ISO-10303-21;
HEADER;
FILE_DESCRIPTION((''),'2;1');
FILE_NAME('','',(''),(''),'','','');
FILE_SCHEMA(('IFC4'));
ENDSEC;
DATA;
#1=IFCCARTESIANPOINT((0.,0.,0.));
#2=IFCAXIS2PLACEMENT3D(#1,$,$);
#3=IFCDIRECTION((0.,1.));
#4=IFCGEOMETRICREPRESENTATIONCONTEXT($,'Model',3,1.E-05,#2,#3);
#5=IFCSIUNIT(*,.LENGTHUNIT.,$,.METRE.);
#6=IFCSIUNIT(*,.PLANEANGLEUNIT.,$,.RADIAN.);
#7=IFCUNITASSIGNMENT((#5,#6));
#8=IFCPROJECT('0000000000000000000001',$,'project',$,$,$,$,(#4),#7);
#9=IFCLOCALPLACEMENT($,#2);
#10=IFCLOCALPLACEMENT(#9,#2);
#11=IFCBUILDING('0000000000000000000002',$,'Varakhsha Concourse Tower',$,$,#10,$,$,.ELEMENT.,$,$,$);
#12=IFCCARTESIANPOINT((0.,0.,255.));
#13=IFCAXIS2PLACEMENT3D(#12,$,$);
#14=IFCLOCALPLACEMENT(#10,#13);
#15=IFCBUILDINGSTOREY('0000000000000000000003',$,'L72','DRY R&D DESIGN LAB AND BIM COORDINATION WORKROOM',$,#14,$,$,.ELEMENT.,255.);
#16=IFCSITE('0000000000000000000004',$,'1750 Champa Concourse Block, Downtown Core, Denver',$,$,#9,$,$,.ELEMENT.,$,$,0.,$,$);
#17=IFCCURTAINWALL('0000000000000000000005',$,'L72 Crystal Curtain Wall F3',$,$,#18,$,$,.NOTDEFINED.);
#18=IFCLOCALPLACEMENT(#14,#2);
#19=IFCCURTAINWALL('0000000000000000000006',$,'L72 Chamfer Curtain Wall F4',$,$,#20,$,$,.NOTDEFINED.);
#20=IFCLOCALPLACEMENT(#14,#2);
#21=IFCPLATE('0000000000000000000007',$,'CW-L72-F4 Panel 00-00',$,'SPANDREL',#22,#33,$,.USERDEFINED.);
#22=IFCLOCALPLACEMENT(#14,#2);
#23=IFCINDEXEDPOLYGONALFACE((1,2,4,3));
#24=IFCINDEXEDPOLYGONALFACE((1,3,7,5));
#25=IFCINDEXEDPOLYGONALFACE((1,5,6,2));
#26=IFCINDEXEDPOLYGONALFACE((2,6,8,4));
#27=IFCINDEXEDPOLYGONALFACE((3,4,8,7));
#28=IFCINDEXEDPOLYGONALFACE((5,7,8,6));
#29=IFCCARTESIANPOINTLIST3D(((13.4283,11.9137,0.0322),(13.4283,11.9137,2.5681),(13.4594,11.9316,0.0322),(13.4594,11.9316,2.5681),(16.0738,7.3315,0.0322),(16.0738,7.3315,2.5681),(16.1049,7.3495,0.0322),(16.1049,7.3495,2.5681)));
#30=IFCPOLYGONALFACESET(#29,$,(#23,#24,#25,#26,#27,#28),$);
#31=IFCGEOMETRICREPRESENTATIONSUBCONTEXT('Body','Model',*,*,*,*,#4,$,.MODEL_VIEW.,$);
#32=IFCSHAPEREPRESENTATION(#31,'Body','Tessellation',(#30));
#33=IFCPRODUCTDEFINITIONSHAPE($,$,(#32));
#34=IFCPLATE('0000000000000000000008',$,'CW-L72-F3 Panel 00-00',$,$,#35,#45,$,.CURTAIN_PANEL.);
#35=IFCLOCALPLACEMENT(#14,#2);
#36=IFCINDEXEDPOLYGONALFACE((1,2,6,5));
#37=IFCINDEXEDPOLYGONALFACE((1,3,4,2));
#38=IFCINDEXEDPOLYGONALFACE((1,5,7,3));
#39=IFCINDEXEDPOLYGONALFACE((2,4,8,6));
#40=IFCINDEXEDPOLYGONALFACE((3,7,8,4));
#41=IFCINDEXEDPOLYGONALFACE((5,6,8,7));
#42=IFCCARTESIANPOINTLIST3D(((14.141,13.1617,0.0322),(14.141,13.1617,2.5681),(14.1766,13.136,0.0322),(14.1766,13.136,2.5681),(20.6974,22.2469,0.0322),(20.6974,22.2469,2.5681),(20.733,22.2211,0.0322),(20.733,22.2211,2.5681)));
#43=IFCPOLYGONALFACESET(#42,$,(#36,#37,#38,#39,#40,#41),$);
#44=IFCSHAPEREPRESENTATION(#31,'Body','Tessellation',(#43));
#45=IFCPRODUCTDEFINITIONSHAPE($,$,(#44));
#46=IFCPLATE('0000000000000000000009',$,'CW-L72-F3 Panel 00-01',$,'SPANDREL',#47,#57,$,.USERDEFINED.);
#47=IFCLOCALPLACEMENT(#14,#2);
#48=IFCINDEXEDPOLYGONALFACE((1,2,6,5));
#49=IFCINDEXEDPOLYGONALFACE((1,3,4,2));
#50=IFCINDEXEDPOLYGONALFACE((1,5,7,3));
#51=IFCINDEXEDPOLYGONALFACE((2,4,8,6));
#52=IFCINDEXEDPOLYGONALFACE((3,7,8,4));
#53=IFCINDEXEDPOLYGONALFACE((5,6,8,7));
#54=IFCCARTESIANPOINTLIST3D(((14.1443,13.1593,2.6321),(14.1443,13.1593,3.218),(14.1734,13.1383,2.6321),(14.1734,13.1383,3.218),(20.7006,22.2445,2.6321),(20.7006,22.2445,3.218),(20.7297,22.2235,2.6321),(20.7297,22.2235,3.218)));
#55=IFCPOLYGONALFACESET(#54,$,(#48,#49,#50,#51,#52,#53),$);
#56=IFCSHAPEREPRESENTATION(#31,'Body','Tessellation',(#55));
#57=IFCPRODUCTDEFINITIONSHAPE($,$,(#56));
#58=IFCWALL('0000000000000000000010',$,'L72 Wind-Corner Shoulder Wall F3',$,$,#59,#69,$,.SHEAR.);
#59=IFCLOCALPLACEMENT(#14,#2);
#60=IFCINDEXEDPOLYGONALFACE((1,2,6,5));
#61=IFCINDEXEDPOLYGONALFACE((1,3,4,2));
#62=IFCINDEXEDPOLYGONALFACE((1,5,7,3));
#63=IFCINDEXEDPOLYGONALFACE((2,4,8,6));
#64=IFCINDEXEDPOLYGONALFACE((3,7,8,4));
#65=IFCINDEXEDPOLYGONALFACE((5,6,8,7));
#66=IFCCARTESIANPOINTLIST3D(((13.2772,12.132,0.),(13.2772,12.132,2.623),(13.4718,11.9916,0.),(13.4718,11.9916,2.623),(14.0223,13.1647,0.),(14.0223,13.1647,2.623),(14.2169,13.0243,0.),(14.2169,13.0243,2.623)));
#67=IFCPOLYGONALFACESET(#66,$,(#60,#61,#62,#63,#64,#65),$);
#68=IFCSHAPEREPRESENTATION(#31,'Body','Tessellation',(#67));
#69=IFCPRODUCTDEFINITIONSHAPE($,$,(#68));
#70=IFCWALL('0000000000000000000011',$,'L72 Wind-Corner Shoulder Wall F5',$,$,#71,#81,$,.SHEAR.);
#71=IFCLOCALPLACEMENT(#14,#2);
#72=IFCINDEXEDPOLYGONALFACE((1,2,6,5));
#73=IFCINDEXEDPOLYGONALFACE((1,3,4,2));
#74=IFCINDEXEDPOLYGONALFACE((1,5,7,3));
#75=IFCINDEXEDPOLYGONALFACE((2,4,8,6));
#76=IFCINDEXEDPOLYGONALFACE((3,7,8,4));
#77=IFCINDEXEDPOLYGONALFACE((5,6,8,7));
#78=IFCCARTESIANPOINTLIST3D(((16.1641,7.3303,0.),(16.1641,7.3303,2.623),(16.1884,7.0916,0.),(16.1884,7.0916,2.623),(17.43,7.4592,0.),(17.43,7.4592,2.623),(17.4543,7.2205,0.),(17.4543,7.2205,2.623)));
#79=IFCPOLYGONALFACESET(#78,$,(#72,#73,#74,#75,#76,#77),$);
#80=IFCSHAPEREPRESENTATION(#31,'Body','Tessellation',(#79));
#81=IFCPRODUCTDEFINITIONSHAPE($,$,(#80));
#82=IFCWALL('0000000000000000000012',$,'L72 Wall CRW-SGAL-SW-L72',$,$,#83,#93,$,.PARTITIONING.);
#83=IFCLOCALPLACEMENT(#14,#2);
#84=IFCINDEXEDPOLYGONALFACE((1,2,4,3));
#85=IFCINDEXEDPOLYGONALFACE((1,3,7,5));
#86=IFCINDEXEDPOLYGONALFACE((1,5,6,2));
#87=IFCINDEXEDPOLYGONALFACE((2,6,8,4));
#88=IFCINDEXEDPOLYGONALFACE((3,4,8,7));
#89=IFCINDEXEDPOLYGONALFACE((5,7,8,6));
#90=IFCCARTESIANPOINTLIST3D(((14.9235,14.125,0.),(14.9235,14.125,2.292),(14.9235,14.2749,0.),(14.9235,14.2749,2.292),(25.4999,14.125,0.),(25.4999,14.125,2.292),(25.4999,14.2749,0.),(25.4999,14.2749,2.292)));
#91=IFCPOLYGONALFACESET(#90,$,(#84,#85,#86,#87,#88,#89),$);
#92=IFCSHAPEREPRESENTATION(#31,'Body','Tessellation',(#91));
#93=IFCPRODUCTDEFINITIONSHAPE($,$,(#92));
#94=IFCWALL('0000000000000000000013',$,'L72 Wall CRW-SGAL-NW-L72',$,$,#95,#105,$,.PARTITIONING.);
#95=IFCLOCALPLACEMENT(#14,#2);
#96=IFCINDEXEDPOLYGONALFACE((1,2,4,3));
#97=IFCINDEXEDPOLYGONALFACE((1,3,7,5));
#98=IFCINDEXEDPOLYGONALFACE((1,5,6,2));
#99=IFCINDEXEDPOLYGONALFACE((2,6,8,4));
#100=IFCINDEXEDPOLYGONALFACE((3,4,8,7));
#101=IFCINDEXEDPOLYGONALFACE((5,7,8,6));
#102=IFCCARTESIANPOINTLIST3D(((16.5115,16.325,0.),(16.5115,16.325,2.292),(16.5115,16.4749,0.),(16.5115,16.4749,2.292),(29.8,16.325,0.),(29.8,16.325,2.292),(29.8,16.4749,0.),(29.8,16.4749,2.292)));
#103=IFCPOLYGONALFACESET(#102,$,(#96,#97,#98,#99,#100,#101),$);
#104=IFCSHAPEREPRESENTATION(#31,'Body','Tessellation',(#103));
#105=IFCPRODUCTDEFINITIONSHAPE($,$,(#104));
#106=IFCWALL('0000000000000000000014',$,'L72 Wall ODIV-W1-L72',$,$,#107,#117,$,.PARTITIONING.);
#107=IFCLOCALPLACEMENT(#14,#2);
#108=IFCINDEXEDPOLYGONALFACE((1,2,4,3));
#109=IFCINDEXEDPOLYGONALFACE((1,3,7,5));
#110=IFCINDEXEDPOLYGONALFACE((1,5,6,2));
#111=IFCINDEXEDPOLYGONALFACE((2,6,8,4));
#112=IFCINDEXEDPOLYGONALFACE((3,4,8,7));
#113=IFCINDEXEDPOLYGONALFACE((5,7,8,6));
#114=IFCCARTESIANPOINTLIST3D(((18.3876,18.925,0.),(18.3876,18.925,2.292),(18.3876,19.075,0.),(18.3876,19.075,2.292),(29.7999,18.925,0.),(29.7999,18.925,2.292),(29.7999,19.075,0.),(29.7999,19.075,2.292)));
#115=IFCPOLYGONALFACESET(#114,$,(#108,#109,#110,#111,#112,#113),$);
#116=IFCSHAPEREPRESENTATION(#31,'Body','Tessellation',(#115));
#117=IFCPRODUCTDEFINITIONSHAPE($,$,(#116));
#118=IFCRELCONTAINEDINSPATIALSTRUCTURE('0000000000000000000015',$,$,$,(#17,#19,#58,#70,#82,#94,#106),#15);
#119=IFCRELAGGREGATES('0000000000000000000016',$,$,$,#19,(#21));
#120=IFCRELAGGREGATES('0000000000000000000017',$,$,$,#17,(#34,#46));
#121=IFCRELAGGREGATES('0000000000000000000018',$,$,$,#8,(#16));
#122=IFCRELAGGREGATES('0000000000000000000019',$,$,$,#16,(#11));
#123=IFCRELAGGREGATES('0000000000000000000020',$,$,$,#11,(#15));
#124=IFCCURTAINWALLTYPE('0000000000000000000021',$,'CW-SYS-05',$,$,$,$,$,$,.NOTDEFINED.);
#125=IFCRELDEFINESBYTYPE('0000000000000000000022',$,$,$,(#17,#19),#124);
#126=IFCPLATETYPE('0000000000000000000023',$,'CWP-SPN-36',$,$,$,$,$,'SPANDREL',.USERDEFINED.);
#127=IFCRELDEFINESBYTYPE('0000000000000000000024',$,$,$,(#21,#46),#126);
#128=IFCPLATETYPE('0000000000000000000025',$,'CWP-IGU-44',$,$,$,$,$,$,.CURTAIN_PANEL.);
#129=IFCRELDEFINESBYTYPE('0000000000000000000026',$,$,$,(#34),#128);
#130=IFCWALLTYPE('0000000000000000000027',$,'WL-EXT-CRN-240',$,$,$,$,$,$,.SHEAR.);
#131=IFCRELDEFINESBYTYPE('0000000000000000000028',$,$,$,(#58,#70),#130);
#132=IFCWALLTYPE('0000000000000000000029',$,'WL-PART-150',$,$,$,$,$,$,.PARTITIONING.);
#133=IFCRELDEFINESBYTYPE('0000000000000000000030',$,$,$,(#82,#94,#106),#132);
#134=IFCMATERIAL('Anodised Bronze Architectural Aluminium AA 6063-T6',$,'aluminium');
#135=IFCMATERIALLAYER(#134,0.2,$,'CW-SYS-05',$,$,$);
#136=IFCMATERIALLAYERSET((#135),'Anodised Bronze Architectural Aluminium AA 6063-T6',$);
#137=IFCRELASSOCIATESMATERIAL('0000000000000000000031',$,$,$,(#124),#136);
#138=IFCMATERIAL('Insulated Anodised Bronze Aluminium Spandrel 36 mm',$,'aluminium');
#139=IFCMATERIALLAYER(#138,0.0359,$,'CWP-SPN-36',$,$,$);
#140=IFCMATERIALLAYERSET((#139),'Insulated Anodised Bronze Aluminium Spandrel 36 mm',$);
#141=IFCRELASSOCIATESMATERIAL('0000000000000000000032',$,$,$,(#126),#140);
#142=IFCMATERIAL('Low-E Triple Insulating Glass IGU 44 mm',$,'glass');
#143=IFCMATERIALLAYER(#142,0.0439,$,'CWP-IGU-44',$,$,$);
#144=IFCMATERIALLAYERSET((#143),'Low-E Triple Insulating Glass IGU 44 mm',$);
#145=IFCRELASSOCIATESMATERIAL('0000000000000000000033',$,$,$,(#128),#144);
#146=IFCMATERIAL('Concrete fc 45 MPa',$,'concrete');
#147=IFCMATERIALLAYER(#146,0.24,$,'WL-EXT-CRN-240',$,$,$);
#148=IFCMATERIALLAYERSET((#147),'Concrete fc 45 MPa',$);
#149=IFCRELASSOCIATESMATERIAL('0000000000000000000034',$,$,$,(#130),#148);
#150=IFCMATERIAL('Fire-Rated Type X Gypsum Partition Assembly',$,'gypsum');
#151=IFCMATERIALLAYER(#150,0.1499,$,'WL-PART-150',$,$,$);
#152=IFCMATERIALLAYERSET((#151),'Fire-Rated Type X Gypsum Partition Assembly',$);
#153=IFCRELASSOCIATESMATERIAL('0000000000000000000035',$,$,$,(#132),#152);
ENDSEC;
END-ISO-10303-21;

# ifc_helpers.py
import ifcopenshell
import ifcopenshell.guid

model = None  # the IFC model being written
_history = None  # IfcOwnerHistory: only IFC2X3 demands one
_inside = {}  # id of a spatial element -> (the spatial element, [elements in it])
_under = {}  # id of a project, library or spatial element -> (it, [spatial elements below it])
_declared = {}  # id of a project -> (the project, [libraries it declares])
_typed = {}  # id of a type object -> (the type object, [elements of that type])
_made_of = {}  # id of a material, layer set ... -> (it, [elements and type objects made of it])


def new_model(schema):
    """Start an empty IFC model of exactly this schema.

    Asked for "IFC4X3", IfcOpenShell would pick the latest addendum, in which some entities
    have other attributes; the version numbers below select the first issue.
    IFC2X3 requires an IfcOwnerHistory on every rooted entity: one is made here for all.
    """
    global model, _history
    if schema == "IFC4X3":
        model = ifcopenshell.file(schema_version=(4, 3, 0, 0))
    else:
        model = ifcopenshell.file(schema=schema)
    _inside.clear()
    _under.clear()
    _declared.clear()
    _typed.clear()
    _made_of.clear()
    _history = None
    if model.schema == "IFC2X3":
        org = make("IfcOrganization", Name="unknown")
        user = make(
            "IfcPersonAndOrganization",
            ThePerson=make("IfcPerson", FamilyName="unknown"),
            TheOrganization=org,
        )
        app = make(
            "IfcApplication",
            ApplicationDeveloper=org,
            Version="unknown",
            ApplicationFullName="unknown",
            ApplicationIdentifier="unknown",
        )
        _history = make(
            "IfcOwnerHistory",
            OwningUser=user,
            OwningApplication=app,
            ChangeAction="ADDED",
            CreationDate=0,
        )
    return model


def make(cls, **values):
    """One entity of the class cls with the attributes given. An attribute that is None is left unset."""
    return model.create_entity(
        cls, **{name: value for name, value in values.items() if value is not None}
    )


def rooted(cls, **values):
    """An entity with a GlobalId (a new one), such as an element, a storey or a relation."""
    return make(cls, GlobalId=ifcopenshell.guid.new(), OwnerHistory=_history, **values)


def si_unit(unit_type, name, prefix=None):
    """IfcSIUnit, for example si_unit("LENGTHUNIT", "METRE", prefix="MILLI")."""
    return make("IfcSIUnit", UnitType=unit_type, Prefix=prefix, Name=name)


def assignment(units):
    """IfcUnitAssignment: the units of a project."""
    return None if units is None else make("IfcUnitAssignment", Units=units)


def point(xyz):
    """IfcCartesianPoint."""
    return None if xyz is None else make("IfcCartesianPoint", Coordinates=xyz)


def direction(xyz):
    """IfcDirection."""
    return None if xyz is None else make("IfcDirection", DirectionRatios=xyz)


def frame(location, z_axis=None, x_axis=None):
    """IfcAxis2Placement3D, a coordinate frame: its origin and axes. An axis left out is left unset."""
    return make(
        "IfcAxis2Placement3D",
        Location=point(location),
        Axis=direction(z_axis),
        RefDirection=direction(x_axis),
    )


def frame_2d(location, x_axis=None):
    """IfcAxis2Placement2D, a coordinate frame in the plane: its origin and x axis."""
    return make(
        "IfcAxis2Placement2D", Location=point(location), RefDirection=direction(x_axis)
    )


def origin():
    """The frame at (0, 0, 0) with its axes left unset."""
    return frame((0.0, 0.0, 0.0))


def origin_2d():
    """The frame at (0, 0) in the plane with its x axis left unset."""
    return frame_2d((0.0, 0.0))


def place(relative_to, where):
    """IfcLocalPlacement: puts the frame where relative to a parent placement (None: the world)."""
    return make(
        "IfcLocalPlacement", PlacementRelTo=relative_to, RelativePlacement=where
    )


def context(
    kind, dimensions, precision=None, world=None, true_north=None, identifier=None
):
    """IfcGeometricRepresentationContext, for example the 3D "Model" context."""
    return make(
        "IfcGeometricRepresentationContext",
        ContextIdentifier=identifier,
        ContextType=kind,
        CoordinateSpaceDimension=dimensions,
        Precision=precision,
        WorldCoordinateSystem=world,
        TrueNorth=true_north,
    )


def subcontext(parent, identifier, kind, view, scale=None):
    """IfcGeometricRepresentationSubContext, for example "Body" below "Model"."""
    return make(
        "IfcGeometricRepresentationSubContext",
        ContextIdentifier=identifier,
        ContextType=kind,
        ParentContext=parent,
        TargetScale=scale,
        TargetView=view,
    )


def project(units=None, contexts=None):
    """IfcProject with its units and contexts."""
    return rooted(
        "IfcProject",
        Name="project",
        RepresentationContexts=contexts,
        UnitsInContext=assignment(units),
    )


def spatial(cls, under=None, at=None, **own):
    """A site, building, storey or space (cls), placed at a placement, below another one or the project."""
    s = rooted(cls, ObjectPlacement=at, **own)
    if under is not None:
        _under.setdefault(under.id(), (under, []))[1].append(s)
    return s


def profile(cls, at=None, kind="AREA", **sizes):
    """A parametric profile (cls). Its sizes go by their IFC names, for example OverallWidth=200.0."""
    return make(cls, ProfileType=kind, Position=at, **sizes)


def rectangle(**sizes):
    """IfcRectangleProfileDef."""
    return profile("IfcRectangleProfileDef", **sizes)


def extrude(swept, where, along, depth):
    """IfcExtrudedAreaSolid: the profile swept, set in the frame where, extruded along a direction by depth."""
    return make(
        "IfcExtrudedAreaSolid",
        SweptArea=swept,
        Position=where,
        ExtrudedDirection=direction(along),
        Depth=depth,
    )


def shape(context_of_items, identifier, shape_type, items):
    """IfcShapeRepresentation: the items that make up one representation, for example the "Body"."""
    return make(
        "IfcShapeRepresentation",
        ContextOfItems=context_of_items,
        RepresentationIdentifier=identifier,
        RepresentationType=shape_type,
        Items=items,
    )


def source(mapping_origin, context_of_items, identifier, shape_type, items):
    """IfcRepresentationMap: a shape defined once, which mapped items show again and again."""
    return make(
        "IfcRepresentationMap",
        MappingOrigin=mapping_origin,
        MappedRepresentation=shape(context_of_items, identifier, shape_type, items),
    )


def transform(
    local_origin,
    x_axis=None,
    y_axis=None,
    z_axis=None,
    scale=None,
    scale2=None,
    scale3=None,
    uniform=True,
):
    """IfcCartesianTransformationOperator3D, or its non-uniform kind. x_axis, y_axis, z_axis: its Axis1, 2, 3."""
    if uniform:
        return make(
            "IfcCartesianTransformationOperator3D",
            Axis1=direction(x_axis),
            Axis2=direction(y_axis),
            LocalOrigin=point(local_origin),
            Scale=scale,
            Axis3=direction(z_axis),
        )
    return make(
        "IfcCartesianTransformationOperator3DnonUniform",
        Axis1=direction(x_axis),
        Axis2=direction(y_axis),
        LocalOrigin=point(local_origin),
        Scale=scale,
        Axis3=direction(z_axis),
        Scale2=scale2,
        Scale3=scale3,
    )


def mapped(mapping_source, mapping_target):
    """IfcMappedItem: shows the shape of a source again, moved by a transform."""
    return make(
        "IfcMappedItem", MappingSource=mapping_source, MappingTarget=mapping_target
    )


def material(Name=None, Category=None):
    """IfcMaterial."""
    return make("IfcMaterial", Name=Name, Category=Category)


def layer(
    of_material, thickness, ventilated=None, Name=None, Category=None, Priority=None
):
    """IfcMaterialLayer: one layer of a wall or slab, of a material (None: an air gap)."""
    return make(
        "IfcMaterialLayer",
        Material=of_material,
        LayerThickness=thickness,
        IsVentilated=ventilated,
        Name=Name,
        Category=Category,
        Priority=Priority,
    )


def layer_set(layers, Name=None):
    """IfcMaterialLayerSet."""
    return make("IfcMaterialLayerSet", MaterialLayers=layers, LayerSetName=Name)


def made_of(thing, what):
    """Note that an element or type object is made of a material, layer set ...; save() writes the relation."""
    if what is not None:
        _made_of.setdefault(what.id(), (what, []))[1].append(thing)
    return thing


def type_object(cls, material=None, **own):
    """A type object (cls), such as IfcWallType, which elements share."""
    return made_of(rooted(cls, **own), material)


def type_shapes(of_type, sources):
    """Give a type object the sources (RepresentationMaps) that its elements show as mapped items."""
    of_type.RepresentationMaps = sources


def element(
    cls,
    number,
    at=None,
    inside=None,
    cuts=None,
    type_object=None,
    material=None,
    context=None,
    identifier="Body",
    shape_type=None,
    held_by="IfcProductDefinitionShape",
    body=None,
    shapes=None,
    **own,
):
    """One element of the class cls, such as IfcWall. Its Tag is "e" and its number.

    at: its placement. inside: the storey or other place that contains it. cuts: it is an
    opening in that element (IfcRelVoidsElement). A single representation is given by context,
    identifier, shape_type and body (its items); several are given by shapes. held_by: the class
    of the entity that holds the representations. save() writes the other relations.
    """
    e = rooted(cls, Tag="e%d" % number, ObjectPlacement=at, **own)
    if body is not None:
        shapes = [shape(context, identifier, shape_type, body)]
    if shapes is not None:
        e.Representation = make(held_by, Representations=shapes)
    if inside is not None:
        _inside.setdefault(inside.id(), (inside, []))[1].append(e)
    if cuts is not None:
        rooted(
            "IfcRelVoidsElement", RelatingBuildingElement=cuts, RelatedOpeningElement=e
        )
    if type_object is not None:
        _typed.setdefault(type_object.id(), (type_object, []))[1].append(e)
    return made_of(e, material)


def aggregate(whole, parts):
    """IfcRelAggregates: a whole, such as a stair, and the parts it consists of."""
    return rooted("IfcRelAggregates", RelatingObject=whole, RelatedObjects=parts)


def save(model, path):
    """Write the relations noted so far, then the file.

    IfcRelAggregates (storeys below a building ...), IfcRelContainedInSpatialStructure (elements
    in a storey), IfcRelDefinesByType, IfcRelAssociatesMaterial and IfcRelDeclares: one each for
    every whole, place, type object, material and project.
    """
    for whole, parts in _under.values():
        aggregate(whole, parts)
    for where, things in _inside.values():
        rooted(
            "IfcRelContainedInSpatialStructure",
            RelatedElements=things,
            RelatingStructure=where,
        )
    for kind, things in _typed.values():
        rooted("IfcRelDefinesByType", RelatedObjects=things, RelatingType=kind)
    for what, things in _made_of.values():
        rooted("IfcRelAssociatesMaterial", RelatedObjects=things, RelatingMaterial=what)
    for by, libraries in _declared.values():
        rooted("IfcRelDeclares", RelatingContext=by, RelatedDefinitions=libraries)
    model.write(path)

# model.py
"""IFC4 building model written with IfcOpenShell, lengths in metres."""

from ifc_helpers import new_model, si_unit, direction, frame, frame_2d, origin, origin_2d, place, context, subcontext, project, spatial, rectangle, extrude, source, transform, mapped, material, layer, layer_set, type_object, type_shapes, element, aggregate, save


model = new_model("IFC4")

# Units and contexts
model_context = context("Model", 3, precision=1e-05, world=origin(), true_north=direction((0.0, 1.0)))
body_context = subcontext(model_context, "Body", "Model", "MODEL_VIEW")
ifc_project = project(units=[si_unit("LENGTHUNIT", "METRE"), si_unit("PLANEANGLEUNIT", "RADIAN")], contexts=[model_context])

# Site, building, storey
site_placement = place(None, origin())
site = spatial("IfcSite", under=ifc_project, at=site_placement, Name="1750 Champa Concourse Block, Downtown Core, Denver", CompositionType="ELEMENT", RefElevation=0.0)
building_placement = place(site_placement, origin())
building = spatial("IfcBuilding", under=site, at=building_placement, Name="Varakhsha Concourse Tower", CompositionType="ELEMENT")
storey_placement = place(building_placement, frame((0.0, 0.0, 255.0)))
storey = spatial("IfcBuildingStorey", under=building, at=storey_placement, Name="L72", Description="DRY R&D DESIGN LAB AND BIM COORDINATION WORKROOM", CompositionType="ELEMENT", Elevation=255.0)

# Curtain wall
ifc_material_1 = material(Name="Anodised Bronze Architectural Aluminium AA 6063-T6", Category="aluminium")
ifc_layer_1 = layer(ifc_material_1, 0.2, Name="CW-SYS-05")
ifc_layer_set_1 = layer_set([ifc_layer_1], Name="Anodised Bronze Architectural Aluminium AA 6063-T6")
curtain_wall_type = type_object("IfcCurtainWallType", Name="CW-SYS-05", PredefinedType="NOTDEFINED", material=ifc_layer_set_1)
curtain_wall_1_placement = place(storey_placement, origin())
curtain_wall_1 = element("IfcCurtainWall", 1, at=curtain_wall_1_placement, inside=storey, type_object=curtain_wall_type, Name="L72 Crystal Curtain Wall F3", PredefinedType="NOTDEFINED")

# Curtain wall
curtain_wall_2_placement = place(storey_placement, origin())
curtain_wall_2 = element("IfcCurtainWall", 2, at=curtain_wall_2_placement, inside=storey, type_object=curtain_wall_type, Name="L72 Chamfer Curtain Wall F4", PredefinedType="NOTDEFINED")

# Shared definitions
ifc_material_2 = material(Name="Concrete fc 45 MPa", Category="concrete")

# Plates
ifc_material_3 = material(Name="Insulated Anodised Bronze Aluminium Spandrel 36 mm", Category="aluminium")
ifc_layer_2 = layer(ifc_material_3, 0.0359, Name="CWP-SPN-36")
ifc_layer_set_2 = layer_set([ifc_layer_2], Name="Insulated Anodised Bronze Aluminium Spandrel 36 mm")
plate_type_1 = type_object("IfcPlateType", Name="CWP-SPN-36", ElementType="SPANDREL", PredefinedType="USERDEFINED", material=ifc_layer_set_2)
shared_shape_1 = source(origin(), body_context, "Body", "SweptSolid", [
    extrude(rectangle(XDim=5.291, YDim=0.0359, at=origin_2d()), origin(), (0.0, 0.0, 1.0), 2.5359),
])
plate_1_placement = place(storey_placement, frame((14.7666, 9.6316, 0.0322), z_axis=(0.0, 0.0, 1.0), x_axis=(-0.5, 0.866025, 0.0)))
plate_1 = element("IfcPlate", 3, at=plate_1_placement, type_object=plate_type_1, Name="CW-L72-F4 Panel 00-00", ObjectType="SPANDREL", PredefinedType="USERDEFINED", context=body_context, shape_type="MappedRepresentation", body=[
    mapped(shared_shape_1, transform((0.0, 0.0, 0.0), scale=1.0)),
])
aggregate(curtain_wall_2, [plate_1])
ifc_material_4 = material(Name="Low-E Triple Insulating Glass IGU 44 mm", Category="glass")
ifc_layer_3 = layer(ifc_material_4, 0.0439, Name="CWP-IGU-44")
ifc_layer_set_3 = layer_set([ifc_layer_3], Name="Low-E Triple Insulating Glass IGU 44 mm")
plate_type_2 = type_object("IfcPlateType", Name="CWP-IGU-44", PredefinedType="CURTAIN_PANEL", material=ifc_layer_set_3)
shared_shape_2 = source(origin(), body_context, "Body", "SweptSolid", [
    extrude(rectangle(XDim=11.2039, YDim=0.0439, at=origin_2d()), origin(), (0.0, 0.0, 1.0), 2.5359),
])
type_shapes(plate_type_2, [shared_shape_2])
plate_2_placement = place(storey_placement, frame((17.437, 17.6914, 0.0322), z_axis=(0.0, 0.0, 1.0), x_axis=(0.585188, 0.810897, 0.0)))
plate_2 = element("IfcPlate", 4, at=plate_2_placement, type_object=plate_type_2, Name="CW-L72-F3 Panel 00-00", PredefinedType="CURTAIN_PANEL", context=body_context, shape_type="MappedRepresentation", body=[
    mapped(shared_shape_2, transform((0.0, 0.0, 0.0), scale=1.0)),
])
shared_shape_3 = source(origin(), body_context, "Body", "SweptSolid", [
    extrude(rectangle(XDim=11.2039, YDim=0.0359, at=origin_2d()), origin(), (0.0, 0.0, 1.0), 0.5859),
])
plate_3_placement = place(storey_placement, frame((17.437, 17.6914, 2.6321), z_axis=(0.0, 0.0, 1.0), x_axis=(0.585188, 0.810897, 0.0)))
plate_3 = element("IfcPlate", 5, at=plate_3_placement, type_object=plate_type_1, Name="CW-L72-F3 Panel 00-01", ObjectType="SPANDREL", PredefinedType="USERDEFINED", context=body_context, shape_type="MappedRepresentation", body=[
    mapped(shared_shape_3, transform((0.0, 0.0, 0.0), scale=1.0)),
])
aggregate(curtain_wall_1, [plate_2, plate_3])

# Walls
ifc_layer_4 = layer(ifc_material_2, 0.24, Name="WL-EXT-CRN-240")
ifc_layer_set_4 = layer_set([ifc_layer_4], Name="Concrete fc 45 MPa")
wall_type_1 = type_object("IfcWallType", Name="WL-EXT-CRN-240", PredefinedType="SHEAR", material=ifc_layer_set_4)
wall_1_placement = place(storey_placement, frame((14.1196, 13.0945, 0.0), z_axis=(0.0, 0.0, 1.0), x_axis=(-0.585113, -0.810952, 0.0)))
element("IfcWall", 6, at=wall_1_placement, inside=storey, type_object=wall_type_1, Name="L72 Wind-Corner Shoulder Wall F3", PredefinedType="SHEAR", context=body_context, shape_type="SweptSolid", body=[
    extrude(rectangle(XDim=1.2734, YDim=0.24, at=frame_2d((0.6367, 0.0))), origin(), (0.0, 0.0, 1.0), 2.623),
])
wall_2_placement = place(storey_placement, frame((16.1763, 7.2109, 0.0), z_axis=(0.0, 0.0, 1.0), x_axis=(0.994855, 0.101308, 0.0)))
element("IfcWall", 7, at=wall_2_placement, inside=storey, type_object=wall_type_1, Name="L72 Wind-Corner Shoulder Wall F5", PredefinedType="SHEAR", context=body_context, shape_type="SweptSolid", body=[
    extrude(rectangle(XDim=1.2725, YDim=0.24, at=frame_2d((0.6362, 0.0))), origin(), (0.0, 0.0, 1.0), 2.623),
])
ifc_material_5 = material(Name="Fire-Rated Type X Gypsum Partition Assembly", Category="gypsum")
ifc_layer_5 = layer(ifc_material_5, 0.1499, Name="WL-PART-150")
ifc_layer_set_5 = layer_set([ifc_layer_5], Name="Fire-Rated Type X Gypsum Partition Assembly")
wall_type_2 = type_object("IfcWallType", Name="WL-PART-150", PredefinedType="PARTITIONING", material=ifc_layer_set_5)
wall_3_placement = place(storey_placement, frame((14.9236, 14.2, 0.0), z_axis=(0.0, 0.0, 1.0), x_axis=(1.0, 0.0, 0.0)))
element("IfcWall", 8, at=wall_3_placement, inside=storey, type_object=wall_type_2, Name="L72 Wall CRW-SGAL-SW-L72", PredefinedType="PARTITIONING", context=body_context, shape_type="SweptSolid", body=[
    extrude(rectangle(XDim=10.5764, YDim=0.1499, at=frame_2d((5.2881, 0.0))), origin(), (0.0, 0.0, 1.0), 2.292),
])
wall_4_placement = place(storey_placement, frame((16.5115, 16.3999, 0.0), z_axis=(0.0, 0.0, 1.0), x_axis=(1.0, 0.0, 0.0)))
element("IfcWall", 9, at=wall_4_placement, inside=storey, type_object=wall_type_2, Name="L72 Wall CRW-SGAL-NW-L72", PredefinedType="PARTITIONING", context=body_context, shape_type="SweptSolid", body=[
    extrude(rectangle(XDim=13.2886, YDim=0.1499, at=frame_2d((6.6443, 0.0))), origin(), (0.0, 0.0, 1.0), 2.292),
])
wall_5_placement = place(storey_placement, frame((18.3877, 19.0, 0.0), z_axis=(0.0, 0.0, 1.0), x_axis=(1.0, 0.0, 0.0)))
element("IfcWall", 10, at=wall_5_placement, inside=storey, type_object=wall_type_2, Name="L72 Wall ODIV-W1-L72", PredefinedType="PARTITIONING", context=body_context, shape_type="SweptSolid", body=[
    extrude(rectangle(XDim=11.4124, YDim=0.1499, at=frame_2d((5.7061, 0.0))), origin(), (0.0, 0.0, 1.0), 2.292),
])

save(model, "model.ifc")
